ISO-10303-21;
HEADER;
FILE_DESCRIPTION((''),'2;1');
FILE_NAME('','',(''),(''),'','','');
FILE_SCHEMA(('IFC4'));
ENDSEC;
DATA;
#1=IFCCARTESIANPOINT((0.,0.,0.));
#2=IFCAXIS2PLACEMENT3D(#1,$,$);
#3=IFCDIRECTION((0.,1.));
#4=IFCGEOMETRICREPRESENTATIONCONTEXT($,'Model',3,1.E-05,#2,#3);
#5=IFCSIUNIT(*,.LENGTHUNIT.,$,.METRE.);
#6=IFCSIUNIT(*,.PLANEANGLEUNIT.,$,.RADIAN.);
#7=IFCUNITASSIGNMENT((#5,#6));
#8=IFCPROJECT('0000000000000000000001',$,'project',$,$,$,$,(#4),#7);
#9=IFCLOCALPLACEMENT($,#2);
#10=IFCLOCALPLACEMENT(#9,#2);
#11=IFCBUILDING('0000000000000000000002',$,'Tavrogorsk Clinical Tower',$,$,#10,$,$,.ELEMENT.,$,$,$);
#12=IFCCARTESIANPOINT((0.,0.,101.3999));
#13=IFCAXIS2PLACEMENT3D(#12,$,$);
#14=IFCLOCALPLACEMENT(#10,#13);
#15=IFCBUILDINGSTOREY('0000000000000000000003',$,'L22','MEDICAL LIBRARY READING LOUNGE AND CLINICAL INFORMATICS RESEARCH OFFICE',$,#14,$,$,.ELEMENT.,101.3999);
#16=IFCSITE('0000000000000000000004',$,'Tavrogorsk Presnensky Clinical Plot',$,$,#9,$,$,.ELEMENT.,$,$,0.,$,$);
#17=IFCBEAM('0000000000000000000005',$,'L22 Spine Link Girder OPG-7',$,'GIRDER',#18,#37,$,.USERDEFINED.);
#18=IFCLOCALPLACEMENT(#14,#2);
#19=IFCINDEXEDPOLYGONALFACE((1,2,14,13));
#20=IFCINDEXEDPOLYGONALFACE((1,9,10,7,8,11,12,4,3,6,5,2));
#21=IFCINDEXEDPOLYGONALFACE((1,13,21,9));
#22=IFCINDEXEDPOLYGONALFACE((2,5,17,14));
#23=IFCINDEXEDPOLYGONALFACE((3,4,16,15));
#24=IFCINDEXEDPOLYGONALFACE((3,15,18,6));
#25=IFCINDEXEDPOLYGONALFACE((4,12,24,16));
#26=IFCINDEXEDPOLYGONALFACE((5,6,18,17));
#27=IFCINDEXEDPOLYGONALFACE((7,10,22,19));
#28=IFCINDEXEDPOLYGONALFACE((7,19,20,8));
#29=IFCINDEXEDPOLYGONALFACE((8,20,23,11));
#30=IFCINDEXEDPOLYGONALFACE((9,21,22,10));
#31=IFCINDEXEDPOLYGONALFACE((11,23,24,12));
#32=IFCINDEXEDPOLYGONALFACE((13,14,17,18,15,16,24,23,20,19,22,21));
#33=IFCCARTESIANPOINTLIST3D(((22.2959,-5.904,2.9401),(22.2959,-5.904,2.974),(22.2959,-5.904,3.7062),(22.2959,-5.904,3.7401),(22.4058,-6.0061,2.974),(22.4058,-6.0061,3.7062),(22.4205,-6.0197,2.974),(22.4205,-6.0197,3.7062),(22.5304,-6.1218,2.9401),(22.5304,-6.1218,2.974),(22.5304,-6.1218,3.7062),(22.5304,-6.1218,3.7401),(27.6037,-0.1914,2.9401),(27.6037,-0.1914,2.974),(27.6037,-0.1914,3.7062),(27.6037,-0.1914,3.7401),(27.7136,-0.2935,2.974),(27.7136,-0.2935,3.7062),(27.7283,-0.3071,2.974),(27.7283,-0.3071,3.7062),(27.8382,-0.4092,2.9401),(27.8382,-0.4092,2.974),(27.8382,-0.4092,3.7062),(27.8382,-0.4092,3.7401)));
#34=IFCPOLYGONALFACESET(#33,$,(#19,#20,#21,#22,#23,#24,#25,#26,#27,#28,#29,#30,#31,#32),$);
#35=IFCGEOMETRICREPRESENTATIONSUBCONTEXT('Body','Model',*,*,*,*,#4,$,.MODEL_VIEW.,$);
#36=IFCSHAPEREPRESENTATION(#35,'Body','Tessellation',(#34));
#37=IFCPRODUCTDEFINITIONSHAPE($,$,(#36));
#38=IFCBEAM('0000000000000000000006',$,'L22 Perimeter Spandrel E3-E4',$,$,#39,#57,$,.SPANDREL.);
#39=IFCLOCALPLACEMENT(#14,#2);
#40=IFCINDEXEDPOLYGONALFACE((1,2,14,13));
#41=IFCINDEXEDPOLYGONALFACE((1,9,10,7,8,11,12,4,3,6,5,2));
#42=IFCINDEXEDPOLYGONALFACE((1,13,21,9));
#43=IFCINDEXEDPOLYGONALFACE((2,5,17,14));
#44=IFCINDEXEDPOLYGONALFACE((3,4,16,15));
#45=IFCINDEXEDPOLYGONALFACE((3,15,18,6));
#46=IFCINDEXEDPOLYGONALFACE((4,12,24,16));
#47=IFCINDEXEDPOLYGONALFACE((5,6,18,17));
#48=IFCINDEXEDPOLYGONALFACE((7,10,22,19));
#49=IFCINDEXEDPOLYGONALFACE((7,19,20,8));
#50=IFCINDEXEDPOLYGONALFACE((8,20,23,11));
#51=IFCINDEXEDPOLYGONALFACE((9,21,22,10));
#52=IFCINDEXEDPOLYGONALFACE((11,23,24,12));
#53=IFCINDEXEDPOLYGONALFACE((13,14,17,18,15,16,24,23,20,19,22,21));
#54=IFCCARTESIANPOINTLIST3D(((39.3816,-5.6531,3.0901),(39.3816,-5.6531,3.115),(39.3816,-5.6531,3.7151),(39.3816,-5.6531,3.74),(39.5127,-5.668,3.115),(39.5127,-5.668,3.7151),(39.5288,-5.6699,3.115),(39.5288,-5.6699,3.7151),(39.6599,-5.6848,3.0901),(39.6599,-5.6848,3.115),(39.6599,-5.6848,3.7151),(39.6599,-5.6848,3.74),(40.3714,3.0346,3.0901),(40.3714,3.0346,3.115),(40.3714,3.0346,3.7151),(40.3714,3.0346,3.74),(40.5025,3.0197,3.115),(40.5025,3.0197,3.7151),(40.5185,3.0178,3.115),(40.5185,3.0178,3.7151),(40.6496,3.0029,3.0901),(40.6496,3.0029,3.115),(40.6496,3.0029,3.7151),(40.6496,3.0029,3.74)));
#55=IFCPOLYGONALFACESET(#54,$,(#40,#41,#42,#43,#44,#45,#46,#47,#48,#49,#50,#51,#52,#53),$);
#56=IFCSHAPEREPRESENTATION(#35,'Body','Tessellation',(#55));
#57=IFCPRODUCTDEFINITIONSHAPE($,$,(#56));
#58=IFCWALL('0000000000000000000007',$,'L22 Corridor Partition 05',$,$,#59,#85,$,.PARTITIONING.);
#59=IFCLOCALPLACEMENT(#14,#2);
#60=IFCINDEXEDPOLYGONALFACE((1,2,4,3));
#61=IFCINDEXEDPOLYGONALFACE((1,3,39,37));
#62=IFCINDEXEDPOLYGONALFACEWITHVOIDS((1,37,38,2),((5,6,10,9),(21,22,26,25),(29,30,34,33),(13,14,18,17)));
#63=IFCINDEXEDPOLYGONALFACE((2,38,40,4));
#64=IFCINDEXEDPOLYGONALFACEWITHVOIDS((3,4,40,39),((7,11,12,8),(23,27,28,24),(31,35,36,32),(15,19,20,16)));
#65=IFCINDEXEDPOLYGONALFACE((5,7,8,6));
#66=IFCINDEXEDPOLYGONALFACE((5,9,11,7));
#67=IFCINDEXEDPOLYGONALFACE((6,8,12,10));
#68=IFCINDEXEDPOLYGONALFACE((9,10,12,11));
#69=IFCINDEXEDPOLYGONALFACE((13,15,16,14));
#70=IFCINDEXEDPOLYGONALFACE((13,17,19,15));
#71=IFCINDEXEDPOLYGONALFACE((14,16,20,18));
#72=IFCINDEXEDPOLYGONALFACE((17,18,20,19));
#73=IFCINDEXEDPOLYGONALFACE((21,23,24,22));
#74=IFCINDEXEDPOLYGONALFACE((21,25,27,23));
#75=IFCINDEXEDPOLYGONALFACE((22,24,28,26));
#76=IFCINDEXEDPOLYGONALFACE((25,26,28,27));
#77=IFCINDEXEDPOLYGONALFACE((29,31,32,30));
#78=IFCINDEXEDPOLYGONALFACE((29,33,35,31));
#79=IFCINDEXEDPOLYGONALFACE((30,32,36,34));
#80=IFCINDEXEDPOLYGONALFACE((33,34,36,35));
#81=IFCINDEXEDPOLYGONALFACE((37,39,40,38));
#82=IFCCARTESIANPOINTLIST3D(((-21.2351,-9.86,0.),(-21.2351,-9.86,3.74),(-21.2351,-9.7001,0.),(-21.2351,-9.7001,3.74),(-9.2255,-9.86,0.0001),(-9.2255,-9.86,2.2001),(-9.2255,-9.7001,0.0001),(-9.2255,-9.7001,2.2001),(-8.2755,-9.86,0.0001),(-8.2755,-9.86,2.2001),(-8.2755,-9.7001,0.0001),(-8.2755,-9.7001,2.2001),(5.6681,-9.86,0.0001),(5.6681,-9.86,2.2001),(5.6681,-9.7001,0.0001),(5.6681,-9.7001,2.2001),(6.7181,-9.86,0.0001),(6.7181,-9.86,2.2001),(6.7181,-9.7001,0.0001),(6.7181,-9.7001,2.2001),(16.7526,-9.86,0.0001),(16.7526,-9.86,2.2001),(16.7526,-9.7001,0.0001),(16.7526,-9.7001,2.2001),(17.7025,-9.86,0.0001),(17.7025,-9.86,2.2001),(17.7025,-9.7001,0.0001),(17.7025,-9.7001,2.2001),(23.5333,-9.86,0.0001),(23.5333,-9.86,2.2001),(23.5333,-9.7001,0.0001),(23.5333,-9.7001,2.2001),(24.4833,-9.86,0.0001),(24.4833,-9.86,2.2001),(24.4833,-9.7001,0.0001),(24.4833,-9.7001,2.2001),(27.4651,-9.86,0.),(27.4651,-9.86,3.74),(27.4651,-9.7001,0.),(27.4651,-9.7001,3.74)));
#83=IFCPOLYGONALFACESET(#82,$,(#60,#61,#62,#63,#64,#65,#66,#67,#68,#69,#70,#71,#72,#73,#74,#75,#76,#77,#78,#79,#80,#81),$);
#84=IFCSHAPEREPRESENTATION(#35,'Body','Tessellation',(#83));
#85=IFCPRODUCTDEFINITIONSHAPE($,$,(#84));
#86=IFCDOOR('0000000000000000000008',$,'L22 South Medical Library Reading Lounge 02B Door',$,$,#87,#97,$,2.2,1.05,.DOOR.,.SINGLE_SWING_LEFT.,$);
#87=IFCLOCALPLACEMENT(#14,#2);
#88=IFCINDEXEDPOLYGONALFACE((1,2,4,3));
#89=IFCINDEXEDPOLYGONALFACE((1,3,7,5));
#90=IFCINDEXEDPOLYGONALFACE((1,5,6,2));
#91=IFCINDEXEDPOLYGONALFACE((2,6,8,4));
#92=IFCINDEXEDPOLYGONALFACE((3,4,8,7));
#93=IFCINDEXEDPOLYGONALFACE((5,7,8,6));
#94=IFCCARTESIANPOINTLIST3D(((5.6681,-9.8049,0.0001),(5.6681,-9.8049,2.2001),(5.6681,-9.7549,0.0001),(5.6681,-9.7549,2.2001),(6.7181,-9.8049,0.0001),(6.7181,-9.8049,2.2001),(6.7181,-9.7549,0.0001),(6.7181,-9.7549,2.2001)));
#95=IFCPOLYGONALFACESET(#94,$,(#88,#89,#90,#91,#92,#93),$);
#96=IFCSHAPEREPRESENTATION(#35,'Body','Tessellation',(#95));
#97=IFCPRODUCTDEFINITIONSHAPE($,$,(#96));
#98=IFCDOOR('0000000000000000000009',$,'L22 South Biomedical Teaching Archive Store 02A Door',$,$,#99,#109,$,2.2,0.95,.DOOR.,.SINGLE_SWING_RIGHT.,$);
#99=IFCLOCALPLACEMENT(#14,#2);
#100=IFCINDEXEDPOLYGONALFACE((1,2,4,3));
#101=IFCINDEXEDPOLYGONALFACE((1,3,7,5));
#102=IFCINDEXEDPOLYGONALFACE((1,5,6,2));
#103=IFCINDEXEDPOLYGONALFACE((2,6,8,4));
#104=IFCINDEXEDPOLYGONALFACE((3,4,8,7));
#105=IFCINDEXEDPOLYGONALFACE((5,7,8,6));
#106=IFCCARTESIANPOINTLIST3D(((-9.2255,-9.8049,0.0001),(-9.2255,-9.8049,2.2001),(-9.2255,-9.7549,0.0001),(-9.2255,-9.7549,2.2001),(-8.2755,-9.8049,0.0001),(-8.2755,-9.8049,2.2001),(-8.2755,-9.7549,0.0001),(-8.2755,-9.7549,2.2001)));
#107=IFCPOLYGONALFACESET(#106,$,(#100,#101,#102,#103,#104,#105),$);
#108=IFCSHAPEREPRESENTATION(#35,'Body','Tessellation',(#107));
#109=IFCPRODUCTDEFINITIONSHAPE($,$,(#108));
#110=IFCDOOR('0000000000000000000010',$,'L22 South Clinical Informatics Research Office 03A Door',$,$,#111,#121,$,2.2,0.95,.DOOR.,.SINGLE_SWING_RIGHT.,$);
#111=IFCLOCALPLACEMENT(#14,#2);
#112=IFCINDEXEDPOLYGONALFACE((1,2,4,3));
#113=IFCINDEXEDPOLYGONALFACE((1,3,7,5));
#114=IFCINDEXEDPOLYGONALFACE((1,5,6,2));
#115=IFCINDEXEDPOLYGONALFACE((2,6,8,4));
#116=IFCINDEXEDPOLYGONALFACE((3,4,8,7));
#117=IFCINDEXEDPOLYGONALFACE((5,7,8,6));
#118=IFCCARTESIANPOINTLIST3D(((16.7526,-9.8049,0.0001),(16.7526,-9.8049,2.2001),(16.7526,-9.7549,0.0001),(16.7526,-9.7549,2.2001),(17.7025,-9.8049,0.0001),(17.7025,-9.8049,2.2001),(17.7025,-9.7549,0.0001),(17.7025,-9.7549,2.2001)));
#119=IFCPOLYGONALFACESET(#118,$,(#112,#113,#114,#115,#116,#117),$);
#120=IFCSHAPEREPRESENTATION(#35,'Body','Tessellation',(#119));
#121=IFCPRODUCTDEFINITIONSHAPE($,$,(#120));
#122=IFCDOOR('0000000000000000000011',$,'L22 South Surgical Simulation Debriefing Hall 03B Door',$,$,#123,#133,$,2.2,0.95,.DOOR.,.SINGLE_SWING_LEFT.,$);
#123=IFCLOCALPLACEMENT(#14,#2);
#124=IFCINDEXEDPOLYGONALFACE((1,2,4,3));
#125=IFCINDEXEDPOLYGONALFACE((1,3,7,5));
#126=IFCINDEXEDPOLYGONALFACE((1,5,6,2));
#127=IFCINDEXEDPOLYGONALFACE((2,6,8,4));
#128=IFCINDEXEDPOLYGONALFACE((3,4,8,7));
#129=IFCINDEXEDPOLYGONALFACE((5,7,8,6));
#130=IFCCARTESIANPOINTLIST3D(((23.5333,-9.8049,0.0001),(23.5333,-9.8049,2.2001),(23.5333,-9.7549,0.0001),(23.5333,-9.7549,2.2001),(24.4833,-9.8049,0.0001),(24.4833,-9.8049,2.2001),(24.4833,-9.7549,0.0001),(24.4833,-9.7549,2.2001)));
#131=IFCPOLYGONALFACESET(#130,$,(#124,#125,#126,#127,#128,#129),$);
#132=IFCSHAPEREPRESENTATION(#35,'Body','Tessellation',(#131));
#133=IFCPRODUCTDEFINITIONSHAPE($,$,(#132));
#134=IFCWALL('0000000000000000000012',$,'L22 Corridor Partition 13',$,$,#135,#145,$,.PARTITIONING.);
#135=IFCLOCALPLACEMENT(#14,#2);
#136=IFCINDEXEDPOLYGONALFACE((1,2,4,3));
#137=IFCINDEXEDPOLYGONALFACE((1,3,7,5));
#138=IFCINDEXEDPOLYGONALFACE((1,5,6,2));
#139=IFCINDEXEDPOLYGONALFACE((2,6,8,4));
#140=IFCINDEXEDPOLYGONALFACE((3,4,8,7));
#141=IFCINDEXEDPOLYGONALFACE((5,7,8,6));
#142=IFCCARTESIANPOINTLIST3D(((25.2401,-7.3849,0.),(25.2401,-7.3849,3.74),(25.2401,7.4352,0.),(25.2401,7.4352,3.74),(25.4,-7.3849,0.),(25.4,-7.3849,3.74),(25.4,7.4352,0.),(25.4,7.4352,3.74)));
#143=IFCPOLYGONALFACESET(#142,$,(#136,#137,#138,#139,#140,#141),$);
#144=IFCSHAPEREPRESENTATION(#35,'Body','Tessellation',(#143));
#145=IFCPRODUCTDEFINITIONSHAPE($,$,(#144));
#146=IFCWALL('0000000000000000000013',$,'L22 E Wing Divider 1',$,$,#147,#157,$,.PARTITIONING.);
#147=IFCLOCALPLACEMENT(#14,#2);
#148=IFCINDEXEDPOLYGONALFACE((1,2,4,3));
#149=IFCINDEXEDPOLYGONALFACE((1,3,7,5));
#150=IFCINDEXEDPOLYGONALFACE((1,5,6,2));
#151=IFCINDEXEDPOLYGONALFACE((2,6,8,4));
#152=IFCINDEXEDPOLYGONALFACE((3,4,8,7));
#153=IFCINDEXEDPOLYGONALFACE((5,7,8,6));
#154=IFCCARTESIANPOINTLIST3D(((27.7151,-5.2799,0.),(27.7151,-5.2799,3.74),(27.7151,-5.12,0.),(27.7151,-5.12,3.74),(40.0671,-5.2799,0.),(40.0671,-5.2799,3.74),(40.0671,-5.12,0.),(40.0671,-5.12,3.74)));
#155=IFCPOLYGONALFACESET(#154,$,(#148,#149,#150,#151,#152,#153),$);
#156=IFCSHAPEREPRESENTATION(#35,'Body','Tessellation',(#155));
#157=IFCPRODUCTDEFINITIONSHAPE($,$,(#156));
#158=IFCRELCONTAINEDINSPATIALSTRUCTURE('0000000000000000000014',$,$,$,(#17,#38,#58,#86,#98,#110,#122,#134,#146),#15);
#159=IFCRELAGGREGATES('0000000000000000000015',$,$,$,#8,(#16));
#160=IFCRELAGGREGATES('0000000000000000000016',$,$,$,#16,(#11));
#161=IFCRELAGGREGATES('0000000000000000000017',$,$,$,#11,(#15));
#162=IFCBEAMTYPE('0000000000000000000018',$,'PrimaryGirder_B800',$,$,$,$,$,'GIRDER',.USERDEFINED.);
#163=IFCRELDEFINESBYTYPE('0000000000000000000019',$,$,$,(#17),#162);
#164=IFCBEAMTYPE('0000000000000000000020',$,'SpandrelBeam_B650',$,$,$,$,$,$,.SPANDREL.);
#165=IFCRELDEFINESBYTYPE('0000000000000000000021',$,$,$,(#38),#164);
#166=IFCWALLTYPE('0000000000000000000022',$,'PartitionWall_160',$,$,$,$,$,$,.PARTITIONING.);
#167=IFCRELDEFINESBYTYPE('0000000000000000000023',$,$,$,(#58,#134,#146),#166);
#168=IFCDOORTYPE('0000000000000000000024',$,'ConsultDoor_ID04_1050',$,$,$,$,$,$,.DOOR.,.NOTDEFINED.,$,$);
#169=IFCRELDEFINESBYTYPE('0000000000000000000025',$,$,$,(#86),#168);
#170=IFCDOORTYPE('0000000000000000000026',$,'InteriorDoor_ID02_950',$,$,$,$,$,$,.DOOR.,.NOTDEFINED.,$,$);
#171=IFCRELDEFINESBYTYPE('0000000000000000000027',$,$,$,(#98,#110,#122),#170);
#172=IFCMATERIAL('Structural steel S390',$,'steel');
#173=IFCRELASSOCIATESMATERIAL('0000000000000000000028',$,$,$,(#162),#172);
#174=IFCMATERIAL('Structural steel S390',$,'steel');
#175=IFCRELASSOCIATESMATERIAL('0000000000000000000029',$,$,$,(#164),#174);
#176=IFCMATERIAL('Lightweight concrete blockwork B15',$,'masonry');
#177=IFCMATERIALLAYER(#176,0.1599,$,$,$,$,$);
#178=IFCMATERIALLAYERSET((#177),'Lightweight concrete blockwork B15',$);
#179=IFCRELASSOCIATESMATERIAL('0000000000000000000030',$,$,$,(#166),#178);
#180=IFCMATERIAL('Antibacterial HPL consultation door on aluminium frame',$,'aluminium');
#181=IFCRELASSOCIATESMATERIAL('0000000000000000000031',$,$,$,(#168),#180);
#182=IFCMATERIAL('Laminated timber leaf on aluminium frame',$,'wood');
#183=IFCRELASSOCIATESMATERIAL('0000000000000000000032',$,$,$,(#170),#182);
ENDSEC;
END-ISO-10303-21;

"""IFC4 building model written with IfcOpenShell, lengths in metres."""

from ifc_helpers import new_model, si_unit, direction, frame, frame_2d, origin, origin_2d, place, context, subcontext, project, spatial, rectangle, i_section, extrude, material, layer, layer_set, material_profile, profile_set, type_object, element, fill, save


model = new_model("IFC4")

# Units and contexts
model_context = context("Model", 3, precision=1e-05, world=origin(), true_north=direction((0.0, 1.0)))
body_context = subcontext(model_context, "Body", "Model", "MODEL_VIEW")
ifc_project = project(units=[si_unit("LENGTHUNIT", "METRE"), si_unit("PLANEANGLEUNIT", "RADIAN")], contexts=[model_context])

# Site, building, storey
site_placement = place(None, origin())
site = spatial("IfcSite", under=ifc_project, at=site_placement, Name="Tavrogorsk Presnensky Clinical Plot", CompositionType="ELEMENT", RefElevation=0.0)
building_placement = place(site_placement, origin())
building = spatial("IfcBuilding", under=site, at=building_placement, Name="Tavrogorsk Clinical Tower", CompositionType="ELEMENT")
storey_placement = place(building_placement, frame((0.0, 0.0, 101.3999)))
storey = spatial("IfcBuildingStorey", under=building, at=storey_placement, Name="L22", Description="MEDICAL LIBRARY READING LOUNGE AND CLINICAL INFORMATICS RESEARCH OFFICE", CompositionType="ELEMENT", Elevation=101.3999)

# Beams
ifc_material_1 = material(Name="Structural steel S390", Category="steel")
ifc_material_profile_1 = material_profile(ifc_material_1, i_section(OverallWidth=0.3201, OverallDepth=0.8, WebThickness=0.02, FlangeThickness=0.0339, at=origin_2d()), Name="B-800x320x20x34")
ifc_profile_set_1 = profile_set([ifc_material_profile_1], Name="Structural steel S390")
beam_type_1 = type_object("IfcBeamType", Name="PrimaryGirder_B800", ElementType="GIRDER", PredefinedType="USERDEFINED", material=ifc_profile_set_1)
beam_1_placement = place(storey_placement, frame((27.7209, -0.3003, 3.3401), z_axis=(-0.680676, -0.732585, 0.0), x_axis=(0.732585, -0.680676, 0.0)))
element("IfcBeam", 1, at=beam_1_placement, inside=storey, type_object=beam_type_1, Name="L22 Spine Link Girder OPG-7", ObjectType="GIRDER", PredefinedType="USERDEFINED", context=body_context, shape_type="SweptSolid", body=[
    extrude(i_section(OverallWidth=0.3201, OverallDepth=0.8, WebThickness=0.02, FlangeThickness=0.0339, at=origin_2d()), origin(), (0.0, 0.0, 1.0), 7.7979),
])
ifc_material_2 = material(Name="Structural steel S390", Category="steel")
ifc_material_profile_2 = material_profile(ifc_material_2, i_section(OverallWidth=0.28, OverallDepth=0.6499, WebThickness=0.0161, FlangeThickness=0.0249, at=origin_2d()), Name="B-650x280x16x25")
ifc_profile_set_2 = profile_set([ifc_material_profile_2], Name="Structural steel S390")
beam_type_2 = type_object("IfcBeamType", Name="SpandrelBeam_B650", PredefinedType="SPANDREL", material=ifc_profile_set_2)
beam_2_placement = place(storey_placement, frame((39.5208, -5.6689, 3.415), z_axis=(0.113192, 0.993573, 0.0), x_axis=(-0.993573, 0.113192, 0.0)))
element("IfcBeam", 2, at=beam_2_placement, inside=storey, type_object=beam_type_2, Name="L22 Perimeter Spandrel E3-E4", PredefinedType="SPANDREL", context=body_context, shape_type="SweptSolid", body=[
    extrude(i_section(OverallWidth=0.28, OverallDepth=0.6499, WebThickness=0.0161, FlangeThickness=0.0249, at=origin_2d()), origin(), (0.0, 0.0, 1.0), 8.7439),
])

# Wall, openings, doors
ifc_material_3 = material(Name="Lightweight concrete blockwork B15", Category="masonry")
ifc_layer_1 = layer(ifc_material_3, 0.1599)
ifc_layer_set_1 = layer_set([ifc_layer_1], Name="Lightweight concrete blockwork B15")
wall_type_1 = type_object("IfcWallType", Name="PartitionWall_160", PredefinedType="PARTITIONING", material=ifc_layer_set_1)
wall_1_placement = place(storey_placement, frame((27.4651, -9.78, 0.0), z_axis=(0.0, 0.0, 1.0), x_axis=(-1.0, 0.0, 0.0)))
wall_1 = element("IfcWall", 3, at=wall_1_placement, inside=storey, type_object=wall_type_1, Name="L22 Corridor Partition 05", PredefinedType="PARTITIONING", context=body_context, shape_type="SweptSolid", body=[
    extrude(rectangle(XDim=48.7002, YDim=0.1599, at=frame_2d((24.3501, 0.0))), origin(), (0.0, 0.0, 1.0), 3.74),
])
opening_1_placement = place(wall_1_placement, frame((35.7405, 0.0, 0.0)))
opening_1 = element("IfcOpeningElement", 4, at=opening_1_placement, cuts=wall_1, PredefinedType="OPENING", context=body_context, shape_type="SweptSolid", body=[
    extrude(rectangle(XDim=0.95, YDim=2.2, at=frame_2d((0.4751, 1.1001))), frame((0.0, 0.0898, 0.0), z_axis=(0.0, -1.0, 0.0), x_axis=(1.0, 0.0, 0.0)), (0.0, 0.0, 1.0), 0.1799),
])
opening_2_placement = place(wall_1_placement, frame((20.7471, 0.0, 0.0)))
opening_2 = element("IfcOpeningElement", 5, at=opening_2_placement, cuts=wall_1, PredefinedType="OPENING", context=body_context, shape_type="SweptSolid", body=[
    extrude(rectangle(XDim=1.05, YDim=2.2, at=frame_2d((0.5249, 1.1001))), frame((0.0, 0.0898, 0.0), z_axis=(0.0, -1.0, 0.0), x_axis=(1.0, 0.0, 0.0)), (0.0, 0.0, 1.0), 0.1799),
])
opening_3_placement = place(wall_1_placement, frame((9.7625, 0.0, 0.0)))
opening_3 = element("IfcOpeningElement", 6, at=opening_3_placement, cuts=wall_1, PredefinedType="OPENING", context=body_context, shape_type="SweptSolid", body=[
    extrude(rectangle(XDim=0.95, YDim=2.2, at=frame_2d((0.4751, 1.1001))), frame((0.0, 0.0898, 0.0), z_axis=(0.0, -1.0, 0.0), x_axis=(1.0, 0.0, 0.0)), (0.0, 0.0, 1.0), 0.1799),
])
opening_4_placement = place(wall_1_placement, frame((2.9817, 0.0, 0.0)))
opening_4 = element("IfcOpeningElement", 7, at=opening_4_placement, cuts=wall_1, PredefinedType="OPENING", context=body_context, shape_type="SweptSolid", body=[
    extrude(rectangle(XDim=0.95, YDim=2.2, at=frame_2d((0.4751, 1.1001))), frame((0.0, 0.0898, 0.0), z_axis=(0.0, -1.0, 0.0), x_axis=(1.0, 0.0, 0.0)), (0.0, 0.0, 1.0), 0.1799),
])
ifc_material_4 = material(Name="Antibacterial HPL consultation door on aluminium frame", Category="aluminium")
door_type_1 = type_object("IfcDoorType", Name="ConsultDoor_ID04_1050", OperationType="NOTDEFINED", PredefinedType="DOOR", material=ifc_material_4)
door_1_placement = place(opening_2_placement, origin())
door_1 = element("IfcDoor", 8, at=door_1_placement, inside=storey, type_object=door_type_1, Name="L22 South Medical Library Reading Lounge 02B Door", OperationType="SINGLE_SWING_LEFT", OverallHeight=2.2, OverallWidth=1.05, PredefinedType="DOOR", context=body_context, shape_type="SweptSolid", body=[
    extrude(rectangle(XDim=1.05, YDim=2.2, at=frame_2d((0.5249, 1.1001))), frame((0.0, 0.0249, 0.0), z_axis=(0.0, -1.0, 0.0), x_axis=(1.0, 0.0, 0.0)), (0.0, 0.0, 1.0), 0.05),
])
fill(opening_2, door_1)
ifc_material_5 = material(Name="Laminated timber leaf on aluminium frame", Category="wood")
door_type_2 = type_object("IfcDoorType", Name="InteriorDoor_ID02_950", OperationType="NOTDEFINED", PredefinedType="DOOR", material=ifc_material_5)
door_2_placement = place(opening_1_placement, origin())
door_2 = element("IfcDoor", 9, at=door_2_placement, inside=storey, type_object=door_type_2, Name="L22 South Biomedical Teaching Archive Store 02A Door", OperationType="SINGLE_SWING_RIGHT", OverallHeight=2.2, OverallWidth=0.95, PredefinedType="DOOR", context=body_context, shape_type="SweptSolid", body=[
    extrude(rectangle(XDim=0.95, YDim=2.2, at=frame_2d((0.4751, 1.1001))), frame((0.0, 0.0249, 0.0), z_axis=(0.0, -1.0, 0.0), x_axis=(1.0, 0.0, 0.0)), (0.0, 0.0, 1.0), 0.05),
])
fill(opening_1, door_2)
door_3_placement = place(opening_3_placement, origin())
door_3 = element("IfcDoor", 10, at=door_3_placement, inside=storey, type_object=door_type_2, Name="L22 South Clinical Informatics Research Office 03A Door", OperationType="SINGLE_SWING_RIGHT", OverallHeight=2.2, OverallWidth=0.95, PredefinedType="DOOR", context=body_context, shape_type="SweptSolid", body=[
    extrude(rectangle(XDim=0.95, YDim=2.2, at=frame_2d((0.4751, 1.1001))), frame((0.0, 0.0249, 0.0), z_axis=(0.0, -1.0, 0.0), x_axis=(1.0, 0.0, 0.0)), (0.0, 0.0, 1.0), 0.05),
])
fill(opening_3, door_3)
door_4_placement = place(opening_4_placement, origin())
door_4 = element("IfcDoor", 11, at=door_4_placement, inside=storey, type_object=door_type_2, Name="L22 South Surgical Simulation Debriefing Hall 03B Door", OperationType="SINGLE_SWING_LEFT", OverallHeight=2.2, OverallWidth=0.95, PredefinedType="DOOR", context=body_context, shape_type="SweptSolid", body=[
    extrude(rectangle(XDim=0.95, YDim=2.2, at=frame_2d((0.4751, 1.1001))), frame((0.0, 0.0249, 0.0), z_axis=(0.0, -1.0, 0.0), x_axis=(1.0, 0.0, 0.0)), (0.0, 0.0, 1.0), 0.05),
])
fill(opening_4, door_4)

# Walls
wall_2_placement = place(storey_placement, frame((25.3201, -7.385, 0.0), z_axis=(0.0, 0.0, 1.0), x_axis=(0.0, 1.0, 0.0)))
element("IfcWall", 12, at=wall_2_placement, inside=storey, type_object=wall_type_1, Name="L22 Corridor Partition 13", PredefinedType="PARTITIONING", context=body_context, shape_type="SweptSolid", body=[
    extrude(rectangle(XDim=14.8201, YDim=0.1599, at=frame_2d((7.4102, 0.0))), origin(), (0.0, 0.0, 1.0), 3.74),
])
wall_3_placement = place(storey_placement, frame((27.7151, -5.2, 0.0), z_axis=(0.0, 0.0, 1.0), x_axis=(1.0, 0.0, 0.0)))
element("IfcWall", 13, at=wall_3_placement, inside=storey, type_object=wall_type_1, Name="L22 E Wing Divider 1", PredefinedType="PARTITIONING", context=body_context, shape_type="SweptSolid", body=[
    extrude(rectangle(XDim=12.3521, YDim=0.1599, at=frame_2d((6.176, 0.0))), origin(), (0.0, 0.0, 1.0), 3.74),
])

save(model, "model.ifc")
